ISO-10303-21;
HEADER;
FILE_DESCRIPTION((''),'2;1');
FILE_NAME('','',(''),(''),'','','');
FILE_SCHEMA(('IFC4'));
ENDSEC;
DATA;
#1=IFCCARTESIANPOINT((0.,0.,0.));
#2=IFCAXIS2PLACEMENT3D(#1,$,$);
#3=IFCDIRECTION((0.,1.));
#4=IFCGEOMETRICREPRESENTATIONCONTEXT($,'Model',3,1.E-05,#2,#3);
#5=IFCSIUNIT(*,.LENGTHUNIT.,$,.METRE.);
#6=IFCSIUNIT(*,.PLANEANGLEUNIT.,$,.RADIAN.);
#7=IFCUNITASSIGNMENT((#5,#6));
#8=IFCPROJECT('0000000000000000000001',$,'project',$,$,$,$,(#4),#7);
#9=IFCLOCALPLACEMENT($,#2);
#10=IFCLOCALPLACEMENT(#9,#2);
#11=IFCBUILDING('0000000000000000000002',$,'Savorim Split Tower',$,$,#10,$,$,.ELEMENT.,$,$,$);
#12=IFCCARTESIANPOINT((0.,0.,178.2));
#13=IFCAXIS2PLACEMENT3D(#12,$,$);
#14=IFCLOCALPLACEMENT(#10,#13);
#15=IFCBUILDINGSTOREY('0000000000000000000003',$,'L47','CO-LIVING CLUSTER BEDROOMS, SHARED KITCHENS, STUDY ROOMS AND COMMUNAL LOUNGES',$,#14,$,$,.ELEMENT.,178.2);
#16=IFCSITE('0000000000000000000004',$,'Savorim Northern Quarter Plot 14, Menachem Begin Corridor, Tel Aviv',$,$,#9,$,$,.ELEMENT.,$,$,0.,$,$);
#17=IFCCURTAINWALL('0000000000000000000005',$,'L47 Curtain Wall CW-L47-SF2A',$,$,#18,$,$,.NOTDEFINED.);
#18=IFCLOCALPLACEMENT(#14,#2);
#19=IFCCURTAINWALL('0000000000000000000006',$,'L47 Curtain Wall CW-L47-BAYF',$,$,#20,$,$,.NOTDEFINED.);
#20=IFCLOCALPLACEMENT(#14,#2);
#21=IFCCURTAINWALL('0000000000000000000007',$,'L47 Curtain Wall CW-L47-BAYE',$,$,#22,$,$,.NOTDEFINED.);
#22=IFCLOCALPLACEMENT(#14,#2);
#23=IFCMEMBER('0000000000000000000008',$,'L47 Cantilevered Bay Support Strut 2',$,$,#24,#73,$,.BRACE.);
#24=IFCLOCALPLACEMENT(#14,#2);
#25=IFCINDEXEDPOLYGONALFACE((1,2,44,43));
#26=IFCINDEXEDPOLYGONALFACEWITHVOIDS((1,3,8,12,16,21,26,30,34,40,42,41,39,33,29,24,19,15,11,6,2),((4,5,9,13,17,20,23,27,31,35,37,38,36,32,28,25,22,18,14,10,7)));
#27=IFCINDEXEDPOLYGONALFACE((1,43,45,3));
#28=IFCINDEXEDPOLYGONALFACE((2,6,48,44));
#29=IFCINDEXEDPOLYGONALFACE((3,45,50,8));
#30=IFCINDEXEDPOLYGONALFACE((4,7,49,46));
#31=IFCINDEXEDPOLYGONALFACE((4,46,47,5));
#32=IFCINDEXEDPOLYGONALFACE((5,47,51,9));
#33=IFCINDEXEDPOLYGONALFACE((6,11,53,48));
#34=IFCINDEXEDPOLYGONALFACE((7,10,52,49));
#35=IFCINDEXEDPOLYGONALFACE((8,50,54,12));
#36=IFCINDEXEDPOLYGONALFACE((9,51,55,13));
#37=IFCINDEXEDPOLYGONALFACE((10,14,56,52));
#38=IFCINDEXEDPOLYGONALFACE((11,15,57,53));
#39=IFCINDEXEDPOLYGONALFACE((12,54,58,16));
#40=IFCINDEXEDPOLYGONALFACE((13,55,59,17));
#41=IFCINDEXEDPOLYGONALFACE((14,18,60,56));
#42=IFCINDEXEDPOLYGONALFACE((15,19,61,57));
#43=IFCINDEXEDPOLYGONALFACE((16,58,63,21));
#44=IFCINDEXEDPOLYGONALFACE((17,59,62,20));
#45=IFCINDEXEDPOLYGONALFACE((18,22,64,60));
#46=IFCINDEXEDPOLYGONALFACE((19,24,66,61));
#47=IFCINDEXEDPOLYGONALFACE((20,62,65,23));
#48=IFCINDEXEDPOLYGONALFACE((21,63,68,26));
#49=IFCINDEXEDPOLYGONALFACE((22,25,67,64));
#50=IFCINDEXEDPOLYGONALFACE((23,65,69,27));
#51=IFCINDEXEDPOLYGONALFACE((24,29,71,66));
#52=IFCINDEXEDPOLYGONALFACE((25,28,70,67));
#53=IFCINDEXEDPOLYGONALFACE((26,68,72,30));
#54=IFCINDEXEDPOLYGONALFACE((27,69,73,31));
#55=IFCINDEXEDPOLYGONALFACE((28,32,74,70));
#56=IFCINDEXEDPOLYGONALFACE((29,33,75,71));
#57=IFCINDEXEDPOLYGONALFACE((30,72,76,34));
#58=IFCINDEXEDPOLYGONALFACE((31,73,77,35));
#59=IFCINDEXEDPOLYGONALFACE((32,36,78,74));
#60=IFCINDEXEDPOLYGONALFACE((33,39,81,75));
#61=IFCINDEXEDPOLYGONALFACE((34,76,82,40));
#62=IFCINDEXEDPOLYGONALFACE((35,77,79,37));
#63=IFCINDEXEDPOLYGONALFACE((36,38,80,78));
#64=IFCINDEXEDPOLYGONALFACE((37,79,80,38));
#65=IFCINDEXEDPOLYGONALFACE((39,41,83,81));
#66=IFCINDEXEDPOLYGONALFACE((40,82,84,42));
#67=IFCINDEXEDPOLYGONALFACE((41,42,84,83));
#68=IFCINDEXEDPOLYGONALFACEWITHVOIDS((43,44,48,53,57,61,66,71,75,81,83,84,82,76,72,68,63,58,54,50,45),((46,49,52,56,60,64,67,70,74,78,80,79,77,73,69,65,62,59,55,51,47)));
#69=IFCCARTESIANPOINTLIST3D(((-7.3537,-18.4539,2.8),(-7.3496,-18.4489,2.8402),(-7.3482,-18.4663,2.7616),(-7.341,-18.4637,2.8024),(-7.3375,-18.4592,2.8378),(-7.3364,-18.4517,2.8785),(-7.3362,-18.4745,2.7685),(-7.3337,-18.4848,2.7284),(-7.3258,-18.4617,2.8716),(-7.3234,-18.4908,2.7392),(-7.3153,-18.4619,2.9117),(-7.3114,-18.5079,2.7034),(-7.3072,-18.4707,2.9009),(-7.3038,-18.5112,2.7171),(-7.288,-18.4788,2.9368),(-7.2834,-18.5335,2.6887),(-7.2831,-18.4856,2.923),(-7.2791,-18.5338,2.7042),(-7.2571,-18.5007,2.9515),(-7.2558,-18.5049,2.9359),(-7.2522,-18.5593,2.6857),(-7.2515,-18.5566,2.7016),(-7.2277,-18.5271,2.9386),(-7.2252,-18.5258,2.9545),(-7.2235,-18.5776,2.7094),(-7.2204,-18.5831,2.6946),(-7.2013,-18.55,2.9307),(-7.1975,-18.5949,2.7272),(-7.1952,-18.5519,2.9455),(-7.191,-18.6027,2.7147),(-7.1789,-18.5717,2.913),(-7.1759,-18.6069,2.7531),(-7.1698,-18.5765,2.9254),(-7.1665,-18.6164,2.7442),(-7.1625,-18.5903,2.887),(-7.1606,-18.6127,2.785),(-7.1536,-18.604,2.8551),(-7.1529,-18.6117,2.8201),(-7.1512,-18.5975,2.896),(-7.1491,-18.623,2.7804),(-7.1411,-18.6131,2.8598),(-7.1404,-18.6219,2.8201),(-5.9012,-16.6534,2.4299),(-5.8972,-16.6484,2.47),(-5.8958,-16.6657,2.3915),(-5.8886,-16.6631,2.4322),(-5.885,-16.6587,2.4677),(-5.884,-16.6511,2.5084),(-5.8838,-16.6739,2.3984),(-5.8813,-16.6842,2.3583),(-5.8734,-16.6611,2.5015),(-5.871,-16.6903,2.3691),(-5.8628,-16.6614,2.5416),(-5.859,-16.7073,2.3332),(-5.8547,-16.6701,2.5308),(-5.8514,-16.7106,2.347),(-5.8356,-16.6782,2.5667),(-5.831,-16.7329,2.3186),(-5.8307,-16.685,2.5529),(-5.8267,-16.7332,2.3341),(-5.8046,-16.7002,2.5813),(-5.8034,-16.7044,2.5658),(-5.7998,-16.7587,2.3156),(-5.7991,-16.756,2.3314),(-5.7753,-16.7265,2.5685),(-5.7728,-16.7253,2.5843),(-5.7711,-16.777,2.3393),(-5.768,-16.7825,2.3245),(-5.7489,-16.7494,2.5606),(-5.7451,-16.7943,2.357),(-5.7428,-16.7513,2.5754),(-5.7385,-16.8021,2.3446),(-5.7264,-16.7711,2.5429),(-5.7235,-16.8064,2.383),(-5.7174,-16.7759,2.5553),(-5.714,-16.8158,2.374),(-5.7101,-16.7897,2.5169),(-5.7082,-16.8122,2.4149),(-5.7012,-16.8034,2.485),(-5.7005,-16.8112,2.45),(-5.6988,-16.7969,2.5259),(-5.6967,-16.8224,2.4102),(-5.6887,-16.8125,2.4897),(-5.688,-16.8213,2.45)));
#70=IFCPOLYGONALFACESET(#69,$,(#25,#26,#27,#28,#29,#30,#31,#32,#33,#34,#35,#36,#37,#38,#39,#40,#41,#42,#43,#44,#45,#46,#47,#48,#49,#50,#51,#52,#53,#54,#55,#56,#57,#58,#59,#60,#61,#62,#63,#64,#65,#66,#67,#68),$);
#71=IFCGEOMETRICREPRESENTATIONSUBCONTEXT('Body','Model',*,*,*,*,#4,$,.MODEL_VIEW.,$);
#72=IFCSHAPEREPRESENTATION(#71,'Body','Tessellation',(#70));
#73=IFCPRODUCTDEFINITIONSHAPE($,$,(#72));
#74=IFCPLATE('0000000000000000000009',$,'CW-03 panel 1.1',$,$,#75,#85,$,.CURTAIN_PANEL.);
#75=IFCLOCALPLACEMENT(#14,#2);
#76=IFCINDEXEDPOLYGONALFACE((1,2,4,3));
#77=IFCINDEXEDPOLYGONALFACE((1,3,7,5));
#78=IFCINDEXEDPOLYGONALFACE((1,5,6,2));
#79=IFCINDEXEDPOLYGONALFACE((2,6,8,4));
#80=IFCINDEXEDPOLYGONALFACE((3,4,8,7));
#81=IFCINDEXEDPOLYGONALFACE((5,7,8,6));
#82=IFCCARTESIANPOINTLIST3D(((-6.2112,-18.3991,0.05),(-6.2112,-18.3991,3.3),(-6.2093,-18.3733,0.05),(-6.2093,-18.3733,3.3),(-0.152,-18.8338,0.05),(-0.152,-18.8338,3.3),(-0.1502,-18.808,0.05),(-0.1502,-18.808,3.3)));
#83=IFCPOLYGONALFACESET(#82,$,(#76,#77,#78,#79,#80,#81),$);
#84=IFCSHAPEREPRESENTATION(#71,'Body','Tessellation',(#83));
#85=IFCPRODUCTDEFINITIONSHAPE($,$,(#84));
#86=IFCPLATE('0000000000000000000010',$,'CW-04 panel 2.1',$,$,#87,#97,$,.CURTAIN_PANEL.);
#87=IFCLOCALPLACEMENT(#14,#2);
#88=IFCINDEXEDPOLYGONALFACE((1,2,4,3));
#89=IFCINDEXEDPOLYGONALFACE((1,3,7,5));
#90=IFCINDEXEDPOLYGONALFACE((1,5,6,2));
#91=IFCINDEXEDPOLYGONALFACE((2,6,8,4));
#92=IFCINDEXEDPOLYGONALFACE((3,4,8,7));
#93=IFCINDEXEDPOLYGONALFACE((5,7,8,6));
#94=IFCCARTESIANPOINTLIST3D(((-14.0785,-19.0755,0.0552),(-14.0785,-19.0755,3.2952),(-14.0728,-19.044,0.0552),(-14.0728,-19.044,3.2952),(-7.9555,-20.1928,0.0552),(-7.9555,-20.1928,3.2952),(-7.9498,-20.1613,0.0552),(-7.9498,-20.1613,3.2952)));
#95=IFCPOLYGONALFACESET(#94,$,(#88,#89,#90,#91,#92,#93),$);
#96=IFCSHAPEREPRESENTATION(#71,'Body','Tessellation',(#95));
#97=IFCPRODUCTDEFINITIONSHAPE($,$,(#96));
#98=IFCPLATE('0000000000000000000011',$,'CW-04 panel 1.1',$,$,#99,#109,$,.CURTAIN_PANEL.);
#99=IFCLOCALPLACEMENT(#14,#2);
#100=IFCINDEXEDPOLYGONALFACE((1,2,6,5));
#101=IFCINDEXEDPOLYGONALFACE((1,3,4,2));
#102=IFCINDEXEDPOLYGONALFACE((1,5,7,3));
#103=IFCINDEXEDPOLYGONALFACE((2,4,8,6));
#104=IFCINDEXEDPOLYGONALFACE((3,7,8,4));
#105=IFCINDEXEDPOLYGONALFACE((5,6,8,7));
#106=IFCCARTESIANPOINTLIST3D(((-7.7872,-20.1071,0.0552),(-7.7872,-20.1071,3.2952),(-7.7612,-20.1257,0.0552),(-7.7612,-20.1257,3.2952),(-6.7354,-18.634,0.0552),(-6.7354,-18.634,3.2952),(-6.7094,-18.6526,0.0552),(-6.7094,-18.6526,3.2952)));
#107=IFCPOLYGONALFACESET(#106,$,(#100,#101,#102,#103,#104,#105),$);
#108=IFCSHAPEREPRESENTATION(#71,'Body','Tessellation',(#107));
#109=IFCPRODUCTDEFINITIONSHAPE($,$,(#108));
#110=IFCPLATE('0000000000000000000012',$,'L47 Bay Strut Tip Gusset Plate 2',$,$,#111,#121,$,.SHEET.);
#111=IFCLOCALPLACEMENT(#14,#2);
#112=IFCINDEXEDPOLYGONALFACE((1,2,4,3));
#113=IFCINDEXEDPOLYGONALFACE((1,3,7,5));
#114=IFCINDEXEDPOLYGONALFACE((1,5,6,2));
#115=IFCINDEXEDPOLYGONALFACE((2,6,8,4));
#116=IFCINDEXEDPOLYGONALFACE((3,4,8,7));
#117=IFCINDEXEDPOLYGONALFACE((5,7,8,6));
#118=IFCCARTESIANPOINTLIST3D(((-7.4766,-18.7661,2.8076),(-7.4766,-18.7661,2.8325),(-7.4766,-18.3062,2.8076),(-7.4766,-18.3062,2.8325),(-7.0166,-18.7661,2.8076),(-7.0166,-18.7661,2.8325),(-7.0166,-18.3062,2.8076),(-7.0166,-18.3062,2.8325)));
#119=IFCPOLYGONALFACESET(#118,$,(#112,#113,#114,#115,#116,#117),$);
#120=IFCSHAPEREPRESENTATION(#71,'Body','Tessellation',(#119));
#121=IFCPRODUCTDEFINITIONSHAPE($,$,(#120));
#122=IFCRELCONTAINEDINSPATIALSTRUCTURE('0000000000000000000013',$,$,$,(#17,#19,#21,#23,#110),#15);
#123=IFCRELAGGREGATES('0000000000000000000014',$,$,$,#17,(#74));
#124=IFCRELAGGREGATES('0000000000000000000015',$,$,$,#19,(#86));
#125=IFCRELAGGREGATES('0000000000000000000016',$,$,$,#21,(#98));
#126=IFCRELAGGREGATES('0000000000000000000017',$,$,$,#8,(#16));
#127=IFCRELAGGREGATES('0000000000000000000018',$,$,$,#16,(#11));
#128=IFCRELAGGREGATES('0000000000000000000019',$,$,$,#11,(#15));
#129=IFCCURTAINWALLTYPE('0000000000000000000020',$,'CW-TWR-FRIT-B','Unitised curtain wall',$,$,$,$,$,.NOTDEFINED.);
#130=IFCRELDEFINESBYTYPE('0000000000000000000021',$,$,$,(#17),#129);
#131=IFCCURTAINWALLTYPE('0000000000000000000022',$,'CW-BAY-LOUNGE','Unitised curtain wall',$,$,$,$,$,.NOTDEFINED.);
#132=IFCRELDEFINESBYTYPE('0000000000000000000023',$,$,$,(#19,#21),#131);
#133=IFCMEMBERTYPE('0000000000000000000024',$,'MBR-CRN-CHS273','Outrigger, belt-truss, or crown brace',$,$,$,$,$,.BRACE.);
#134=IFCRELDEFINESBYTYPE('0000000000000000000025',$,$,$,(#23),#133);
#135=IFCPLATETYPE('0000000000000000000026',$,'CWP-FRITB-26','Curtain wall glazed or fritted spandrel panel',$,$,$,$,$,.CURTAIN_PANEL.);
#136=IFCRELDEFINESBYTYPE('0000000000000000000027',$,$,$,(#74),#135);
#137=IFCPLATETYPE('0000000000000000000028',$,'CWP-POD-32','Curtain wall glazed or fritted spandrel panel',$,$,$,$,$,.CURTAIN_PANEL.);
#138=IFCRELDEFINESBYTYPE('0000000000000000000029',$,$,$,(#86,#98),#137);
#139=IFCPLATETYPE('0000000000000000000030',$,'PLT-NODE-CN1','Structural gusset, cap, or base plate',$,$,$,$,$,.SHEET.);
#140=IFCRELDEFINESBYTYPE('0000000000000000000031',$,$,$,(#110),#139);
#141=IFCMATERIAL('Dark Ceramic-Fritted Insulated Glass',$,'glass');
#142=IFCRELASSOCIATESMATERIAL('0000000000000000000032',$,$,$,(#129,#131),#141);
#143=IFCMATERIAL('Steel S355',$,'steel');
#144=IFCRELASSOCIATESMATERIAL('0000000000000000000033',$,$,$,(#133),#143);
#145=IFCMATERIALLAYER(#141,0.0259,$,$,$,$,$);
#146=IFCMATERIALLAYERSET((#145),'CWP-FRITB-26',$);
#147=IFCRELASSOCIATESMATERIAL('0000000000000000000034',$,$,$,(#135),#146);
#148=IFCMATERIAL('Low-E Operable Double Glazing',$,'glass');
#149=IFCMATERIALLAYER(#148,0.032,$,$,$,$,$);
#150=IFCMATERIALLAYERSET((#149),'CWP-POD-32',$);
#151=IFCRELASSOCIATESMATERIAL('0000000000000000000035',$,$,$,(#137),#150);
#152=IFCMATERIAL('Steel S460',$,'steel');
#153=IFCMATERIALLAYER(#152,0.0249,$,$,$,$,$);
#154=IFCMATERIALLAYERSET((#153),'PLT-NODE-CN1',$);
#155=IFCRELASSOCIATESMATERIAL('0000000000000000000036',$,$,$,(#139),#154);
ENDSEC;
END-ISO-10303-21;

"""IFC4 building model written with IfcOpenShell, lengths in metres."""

from ifc_helpers import new_model, si_unit, direction, frame, origin, origin_2d, place, context, subcontext, project, spatial, rectangle, hollow_circle, extrude, material, layer, layer_set, material_profile, profile_set, type_object, element, aggregate, save


model = new_model("IFC4")

# Units and contexts
model_context = context("Model", 3, precision=1e-05, world=origin(), true_north=direction((0.0, 1.0)))
body_context = subcontext(model_context, "Body", "Model", "MODEL_VIEW")
ifc_project = project(units=[si_unit("LENGTHUNIT", "METRE"), si_unit("PLANEANGLEUNIT", "RADIAN")], contexts=[model_context])

# Site, building, storey
site_placement = place(None, origin())
site = spatial("IfcSite", under=ifc_project, at=site_placement, Name="Savorim Northern Quarter Plot 14, Menachem Begin Corridor, Tel Aviv", CompositionType="ELEMENT", RefElevation=0.0)
building_placement = place(site_placement, origin())
building = spatial("IfcBuilding", under=site, at=building_placement, Name="Savorim Split Tower", CompositionType="ELEMENT")
storey_placement = place(building_placement, frame((0.0, 0.0, 178.2)))
storey = spatial("IfcBuildingStorey", under=building, at=storey_placement, Name="L47", Description="CO-LIVING CLUSTER BEDROOMS, SHARED KITCHENS, STUDY ROOMS AND COMMUNAL LOUNGES", CompositionType="ELEMENT", Elevation=178.2)

# Shared definitions
ifc_material_1 = material(Name="Steel S460", Category="steel")

# Curtain wall
ifc_material_2 = material(Name="Dark Ceramic-Fritted Insulated Glass", Category="glass")
curtain_wall_type_1 = type_object("IfcCurtainWallType", Name="CW-TWR-FRIT-B", Description="Unitised curtain wall", PredefinedType="NOTDEFINED", material=ifc_material_2)
curtain_wall_1_placement = place(storey_placement, origin())
curtain_wall_1 = element("IfcCurtainWall", 1, at=curtain_wall_1_placement, inside=storey, type_object=curtain_wall_type_1, Name="L47 Curtain Wall CW-L47-SF2A", PredefinedType="NOTDEFINED")

# Curtain wall
curtain_wall_type_2 = type_object("IfcCurtainWallType", Name="CW-BAY-LOUNGE", Description="Unitised curtain wall", PredefinedType="NOTDEFINED", material=ifc_material_2)
curtain_wall_2_placement = place(storey_placement, origin())
curtain_wall_2 = element("IfcCurtainWall", 2, at=curtain_wall_2_placement, inside=storey, type_object=curtain_wall_type_2, Name="L47 Curtain Wall CW-L47-BAYF", PredefinedType="NOTDEFINED")

# Curtain wall
curtain_wall_3_placement = place(storey_placement, origin())
curtain_wall_3 = element("IfcCurtainWall", 3, at=curtain_wall_3_placement, inside=storey, type_object=curtain_wall_type_2, Name="L47 Curtain Wall CW-L47-BAYE", PredefinedType="NOTDEFINED")

# Member
ifc_material_3 = material(Name="Steel S355", Category="steel")
ifc_material_profile_1 = material_profile(ifc_material_3, hollow_circle(Radius=0.1365, WallThickness=0.0161, at=origin_2d()), Name="CHS 273x16")
ifc_profile_set_1 = profile_set([ifc_material_profile_1], Name="Steel S355")
member_type_1 = type_object("IfcMemberType", Name="MBR-CRN-CHS273", Description="Outrigger, belt-truss, or crown brace", PredefinedType="BRACE", material=ifc_profile_set_1)
member_1_placement = place(storey_placement, frame((-5.7942, -16.7356, 2.45), z_axis=(-0.619958, -0.768565, 0.157986), x_axis=(0.77834, -0.627843, 0.0)))
element("IfcMember", 4, at=member_1_placement, inside=storey, type_object=member_type_1, Name="L47 Cantilevered Bay Support Strut 2", PredefinedType="BRACE", context=body_context, shape_type="SweptSolid", body=[
    extrude(hollow_circle(Radius=0.1365, WallThickness=0.0161, at=origin_2d()), origin(), (0.0, 0.0, 1.0), 2.3428),
])

# Plates
ifc_layer_1 = layer(ifc_material_2, 0.0259)
ifc_layer_set_1 = layer_set([ifc_layer_1], Name="CWP-FRITB-26")
plate_type_1 = type_object("IfcPlateType", Name="CWP-FRITB-26", Description="Curtain wall glazed or fritted spandrel panel", PredefinedType="CURTAIN_PANEL", material=ifc_layer_set_1)
plate_1_placement = place(storey_placement, frame((-3.1807, -18.6035, 0.05), z_axis=(0.0, 0.0, 1.0), x_axis=(0.997436, -0.071561, 0.0)))
plate_1 = element("IfcPlate", 5, at=plate_1_placement, type_object=plate_type_1, Name="CW-03 panel 1.1", PredefinedType="CURTAIN_PANEL", context=body_context, shape_type="SweptSolid", body=[
    extrude(rectangle(XDim=6.0747, YDim=0.0259, at=origin_2d()), origin(), (0.0, 0.0, 1.0), 3.25),
])
aggregate(curtain_wall_1, [plate_1])
ifc_material_4 = material(Name="Low-E Operable Double Glazing", Category="glass")
ifc_layer_2 = layer(ifc_material_4, 0.032)
ifc_layer_set_2 = layer_set([ifc_layer_2], Name="CWP-POD-32")
plate_type_2 = type_object("IfcPlateType", Name="CWP-POD-32", Description="Curtain wall glazed or fritted spandrel panel", PredefinedType="CURTAIN_PANEL", material=ifc_layer_set_2)
plate_2_placement = place(storey_placement, frame((-11.0142, -19.6184, 0.0552), z_axis=(0.0, 0.0, 1.0), x_axis=(0.983755, -0.179518, 0.0)))
plate_2 = element("IfcPlate", 6, at=plate_2_placement, type_object=plate_type_2, Name="CW-04 panel 2.1", PredefinedType="CURTAIN_PANEL", context=body_context, shape_type="SweptSolid", body=[
    extrude(rectangle(XDim=6.2241, YDim=0.032, at=origin_2d()), origin(), (0.0, 0.0, 1.0), 3.24),
])
aggregate(curtain_wall_2, [plate_2])
plate_3_placement = place(storey_placement, frame((-7.2483, -19.3799, 0.0552), z_axis=(0.0, 0.0, 1.0), x_axis=(0.581097, 0.813834, 0.0)))
plate_3 = element("IfcPlate", 7, at=plate_3_placement, type_object=plate_type_2, Name="CW-04 panel 1.1", PredefinedType="CURTAIN_PANEL", context=body_context, shape_type="SweptSolid", body=[
    extrude(rectangle(XDim=1.8101, YDim=0.032, at=origin_2d()), origin(), (0.0, 0.0, 1.0), 3.24),
])
aggregate(curtain_wall_3, [plate_3])
ifc_layer_3 = layer(ifc_material_1, 0.0249)
ifc_layer_set_3 = layer_set([ifc_layer_3], Name="PLT-NODE-CN1")
plate_type_3 = type_object("IfcPlateType", Name="PLT-NODE-CN1", Description="Structural gusset, cap, or base plate", PredefinedType="SHEET", material=ifc_layer_set_3)
plate_4_placement = place(storey_placement, frame((-7.2466, -18.5361, 2.8076), z_axis=(0.0, 0.0, 1.0), x_axis=(1.0, 0.0, 0.0)))
element("IfcPlate", 8, at=plate_4_placement, inside=storey, type_object=plate_type_3, Name="L47 Bay Strut Tip Gusset Plate 2", PredefinedType="SHEET", context=body_context, shape_type="SweptSolid", body=[
    extrude(rectangle(XDim=0.46, YDim=0.46, at=origin_2d()), origin(), (0.0, 0.0, 1.0), 0.0249),
])

save(model, "model.ifc")
